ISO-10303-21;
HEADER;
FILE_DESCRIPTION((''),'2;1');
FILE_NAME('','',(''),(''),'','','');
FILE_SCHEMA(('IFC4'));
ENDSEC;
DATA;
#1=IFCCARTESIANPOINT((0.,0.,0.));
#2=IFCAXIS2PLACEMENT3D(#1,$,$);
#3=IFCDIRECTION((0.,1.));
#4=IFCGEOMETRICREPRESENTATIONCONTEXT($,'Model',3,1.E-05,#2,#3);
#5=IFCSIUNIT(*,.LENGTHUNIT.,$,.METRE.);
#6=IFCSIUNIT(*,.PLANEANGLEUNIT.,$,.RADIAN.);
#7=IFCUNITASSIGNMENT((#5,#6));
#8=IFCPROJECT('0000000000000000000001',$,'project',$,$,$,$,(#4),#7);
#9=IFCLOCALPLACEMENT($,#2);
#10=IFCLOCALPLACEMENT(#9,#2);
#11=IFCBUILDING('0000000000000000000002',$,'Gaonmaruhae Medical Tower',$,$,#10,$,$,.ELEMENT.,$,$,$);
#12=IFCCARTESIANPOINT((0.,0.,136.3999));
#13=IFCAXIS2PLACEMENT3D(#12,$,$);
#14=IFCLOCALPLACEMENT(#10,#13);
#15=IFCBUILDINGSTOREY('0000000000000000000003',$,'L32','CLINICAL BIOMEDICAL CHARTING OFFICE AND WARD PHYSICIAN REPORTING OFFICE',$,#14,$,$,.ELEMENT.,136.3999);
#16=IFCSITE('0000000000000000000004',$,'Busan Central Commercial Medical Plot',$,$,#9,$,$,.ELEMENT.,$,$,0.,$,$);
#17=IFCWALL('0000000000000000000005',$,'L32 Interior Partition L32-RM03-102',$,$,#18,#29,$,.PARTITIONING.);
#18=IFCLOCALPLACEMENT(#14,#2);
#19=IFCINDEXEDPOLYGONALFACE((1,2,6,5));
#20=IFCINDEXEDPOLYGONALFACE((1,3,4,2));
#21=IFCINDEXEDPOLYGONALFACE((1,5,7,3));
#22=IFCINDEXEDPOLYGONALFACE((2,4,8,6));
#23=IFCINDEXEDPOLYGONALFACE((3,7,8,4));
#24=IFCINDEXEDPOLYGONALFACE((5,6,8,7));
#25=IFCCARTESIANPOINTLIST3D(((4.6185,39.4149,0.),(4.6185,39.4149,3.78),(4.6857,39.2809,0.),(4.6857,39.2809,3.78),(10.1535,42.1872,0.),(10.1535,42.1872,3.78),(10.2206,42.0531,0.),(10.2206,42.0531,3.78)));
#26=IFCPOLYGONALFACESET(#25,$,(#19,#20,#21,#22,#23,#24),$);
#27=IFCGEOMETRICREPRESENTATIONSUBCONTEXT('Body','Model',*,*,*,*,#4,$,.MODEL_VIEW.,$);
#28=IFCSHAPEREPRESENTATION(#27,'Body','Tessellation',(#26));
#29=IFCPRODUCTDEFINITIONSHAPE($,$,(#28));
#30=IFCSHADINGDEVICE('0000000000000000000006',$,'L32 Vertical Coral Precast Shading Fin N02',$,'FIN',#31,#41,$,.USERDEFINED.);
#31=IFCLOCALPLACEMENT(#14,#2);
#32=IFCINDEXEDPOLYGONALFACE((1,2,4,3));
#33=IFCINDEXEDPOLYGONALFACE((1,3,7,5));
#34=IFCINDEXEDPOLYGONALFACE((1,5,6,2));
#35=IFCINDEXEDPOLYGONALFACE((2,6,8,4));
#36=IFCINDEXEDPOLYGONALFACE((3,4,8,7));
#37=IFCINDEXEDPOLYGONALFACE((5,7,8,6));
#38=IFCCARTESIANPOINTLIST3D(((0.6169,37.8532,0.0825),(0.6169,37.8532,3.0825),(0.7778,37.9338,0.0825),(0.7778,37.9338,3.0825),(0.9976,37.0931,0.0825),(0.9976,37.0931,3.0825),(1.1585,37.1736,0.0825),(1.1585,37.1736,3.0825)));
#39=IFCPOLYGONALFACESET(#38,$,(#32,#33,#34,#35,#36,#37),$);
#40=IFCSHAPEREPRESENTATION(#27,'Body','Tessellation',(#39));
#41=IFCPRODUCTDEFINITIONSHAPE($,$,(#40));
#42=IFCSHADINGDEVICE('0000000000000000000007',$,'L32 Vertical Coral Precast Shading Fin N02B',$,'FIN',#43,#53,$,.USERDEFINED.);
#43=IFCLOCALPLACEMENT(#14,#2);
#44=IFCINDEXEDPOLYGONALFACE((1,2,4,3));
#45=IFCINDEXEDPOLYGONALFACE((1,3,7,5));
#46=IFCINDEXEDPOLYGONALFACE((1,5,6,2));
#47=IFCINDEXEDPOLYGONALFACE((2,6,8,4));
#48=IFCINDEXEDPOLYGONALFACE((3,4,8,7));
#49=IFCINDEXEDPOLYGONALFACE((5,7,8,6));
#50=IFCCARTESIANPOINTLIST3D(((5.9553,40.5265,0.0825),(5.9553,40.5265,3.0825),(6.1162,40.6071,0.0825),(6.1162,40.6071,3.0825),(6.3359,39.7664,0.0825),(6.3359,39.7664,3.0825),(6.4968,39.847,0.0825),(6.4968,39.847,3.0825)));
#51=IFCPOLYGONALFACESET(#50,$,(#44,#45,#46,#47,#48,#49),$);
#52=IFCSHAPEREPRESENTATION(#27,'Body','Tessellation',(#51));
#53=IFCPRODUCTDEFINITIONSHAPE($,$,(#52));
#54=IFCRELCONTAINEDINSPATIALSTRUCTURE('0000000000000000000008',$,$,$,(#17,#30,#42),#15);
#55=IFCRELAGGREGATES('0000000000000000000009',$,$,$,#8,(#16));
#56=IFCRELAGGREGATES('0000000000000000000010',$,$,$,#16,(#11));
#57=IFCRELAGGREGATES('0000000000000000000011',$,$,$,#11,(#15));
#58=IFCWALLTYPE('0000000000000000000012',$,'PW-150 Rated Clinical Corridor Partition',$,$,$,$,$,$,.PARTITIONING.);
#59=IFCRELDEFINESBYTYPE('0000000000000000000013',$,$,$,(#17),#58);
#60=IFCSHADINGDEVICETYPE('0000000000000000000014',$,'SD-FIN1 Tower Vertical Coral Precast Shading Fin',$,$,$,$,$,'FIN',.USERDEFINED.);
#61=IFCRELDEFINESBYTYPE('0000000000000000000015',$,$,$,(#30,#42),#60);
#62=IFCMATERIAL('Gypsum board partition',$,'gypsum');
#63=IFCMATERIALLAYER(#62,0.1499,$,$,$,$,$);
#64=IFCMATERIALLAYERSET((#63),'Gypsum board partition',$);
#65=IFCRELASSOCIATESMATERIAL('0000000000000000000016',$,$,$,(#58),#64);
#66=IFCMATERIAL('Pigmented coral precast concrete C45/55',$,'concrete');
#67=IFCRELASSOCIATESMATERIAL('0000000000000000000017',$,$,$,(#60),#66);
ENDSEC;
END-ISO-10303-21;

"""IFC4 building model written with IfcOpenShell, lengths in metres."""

from ifc_helpers import new_model, si_unit, direction, frame, frame_2d, origin, origin_2d, place, context, subcontext, project, spatial, rectangle, extrude, material, layer, layer_set, type_object, element, save


model = new_model("IFC4")

# Units and contexts
model_context = context("Model", 3, precision=1e-05, world=origin(), true_north=direction((0.0, 1.0)))
body_context = subcontext(model_context, "Body", "Model", "MODEL_VIEW")
ifc_project = project(units=[si_unit("LENGTHUNIT", "METRE"), si_unit("PLANEANGLEUNIT", "RADIAN")], contexts=[model_context])

# Site, building, storey
site_placement = place(None, origin())
site = spatial("IfcSite", under=ifc_project, at=site_placement, Name="Busan Central Commercial Medical Plot", CompositionType="ELEMENT", RefElevation=0.0)
building_placement = place(site_placement, origin())
building = spatial("IfcBuilding", under=site, at=building_placement, Name="Gaonmaruhae Medical Tower", CompositionType="ELEMENT")
storey_placement = place(building_placement, frame((0.0, 0.0, 136.3999)))
storey = spatial("IfcBuildingStorey", under=building, at=storey_placement, Name="L32", Description="CLINICAL BIOMEDICAL CHARTING OFFICE AND WARD PHYSICIAN REPORTING OFFICE", CompositionType="ELEMENT", Elevation=136.3999)

# Shared definitions
ifc_material_1 = material(Name="Gypsum board partition", Category="gypsum")
ifc_layer_1 = layer(ifc_material_1, 0.1499)
ifc_layer_set_1 = layer_set([ifc_layer_1], Name="Gypsum board partition")
wall_type_1 = type_object("IfcWallType", Name="PW-150 Rated Clinical Corridor Partition", PredefinedType="PARTITIONING", material=ifc_layer_set_1)

# Wall
wall_1_placement = place(storey_placement, frame((4.6521, 39.3479, 0.0), z_axis=(0.0, 0.0, 1.0), x_axis=(0.894119, 0.447829, 0.0)))
element("IfcWall", 1, at=wall_1_placement, inside=storey, type_object=wall_type_1, Name="L32 Interior Partition L32-RM03-102", PredefinedType="PARTITIONING", context=body_context, shape_type="SweptSolid", body=[
    extrude(rectangle(XDim=6.1904, YDim=0.1499, at=frame_2d((3.0952, 0.0))), origin(), (0.0, 0.0, 1.0), 3.78),
])

# Shading devices
ifc_material_2 = material(Name="Pigmented coral precast concrete C45/55", Category="concrete")
shading_device_type = type_object("IfcShadingDeviceType", Name="SD-FIN1 Tower Vertical Coral Precast Shading Fin", ElementType="FIN", PredefinedType="USERDEFINED", material=ifc_material_2)
for number, where, z_axis, x_axis, name in (
    (2, (0.8877, 37.5134, 0.0825), (0.0, 0.0, 1.0), (0.894162, 0.447743, 0.0), "L32 Vertical Coral Precast Shading Fin N02"),
    (3, (6.2261, 40.1868, 0.0825), (0.0, 0.0, 1.0), (0.894162, 0.447743, 0.0), "L32 Vertical Coral Precast Shading Fin N02B"),
):
    element("IfcShadingDevice", number, at=place(storey_placement, frame(where, z_axis=z_axis, x_axis=x_axis)), inside=storey, type_object=shading_device_type, Name=name, ObjectType="FIN", PredefinedType="USERDEFINED", context=body_context, shape_type="SweptSolid", body=[
        extrude(rectangle(XDim=0.1799, YDim=0.8501, at=origin_2d()), origin(), (0.0, 0.0, 1.0), 3.0),
    ])

save(model, "model.ifc")
